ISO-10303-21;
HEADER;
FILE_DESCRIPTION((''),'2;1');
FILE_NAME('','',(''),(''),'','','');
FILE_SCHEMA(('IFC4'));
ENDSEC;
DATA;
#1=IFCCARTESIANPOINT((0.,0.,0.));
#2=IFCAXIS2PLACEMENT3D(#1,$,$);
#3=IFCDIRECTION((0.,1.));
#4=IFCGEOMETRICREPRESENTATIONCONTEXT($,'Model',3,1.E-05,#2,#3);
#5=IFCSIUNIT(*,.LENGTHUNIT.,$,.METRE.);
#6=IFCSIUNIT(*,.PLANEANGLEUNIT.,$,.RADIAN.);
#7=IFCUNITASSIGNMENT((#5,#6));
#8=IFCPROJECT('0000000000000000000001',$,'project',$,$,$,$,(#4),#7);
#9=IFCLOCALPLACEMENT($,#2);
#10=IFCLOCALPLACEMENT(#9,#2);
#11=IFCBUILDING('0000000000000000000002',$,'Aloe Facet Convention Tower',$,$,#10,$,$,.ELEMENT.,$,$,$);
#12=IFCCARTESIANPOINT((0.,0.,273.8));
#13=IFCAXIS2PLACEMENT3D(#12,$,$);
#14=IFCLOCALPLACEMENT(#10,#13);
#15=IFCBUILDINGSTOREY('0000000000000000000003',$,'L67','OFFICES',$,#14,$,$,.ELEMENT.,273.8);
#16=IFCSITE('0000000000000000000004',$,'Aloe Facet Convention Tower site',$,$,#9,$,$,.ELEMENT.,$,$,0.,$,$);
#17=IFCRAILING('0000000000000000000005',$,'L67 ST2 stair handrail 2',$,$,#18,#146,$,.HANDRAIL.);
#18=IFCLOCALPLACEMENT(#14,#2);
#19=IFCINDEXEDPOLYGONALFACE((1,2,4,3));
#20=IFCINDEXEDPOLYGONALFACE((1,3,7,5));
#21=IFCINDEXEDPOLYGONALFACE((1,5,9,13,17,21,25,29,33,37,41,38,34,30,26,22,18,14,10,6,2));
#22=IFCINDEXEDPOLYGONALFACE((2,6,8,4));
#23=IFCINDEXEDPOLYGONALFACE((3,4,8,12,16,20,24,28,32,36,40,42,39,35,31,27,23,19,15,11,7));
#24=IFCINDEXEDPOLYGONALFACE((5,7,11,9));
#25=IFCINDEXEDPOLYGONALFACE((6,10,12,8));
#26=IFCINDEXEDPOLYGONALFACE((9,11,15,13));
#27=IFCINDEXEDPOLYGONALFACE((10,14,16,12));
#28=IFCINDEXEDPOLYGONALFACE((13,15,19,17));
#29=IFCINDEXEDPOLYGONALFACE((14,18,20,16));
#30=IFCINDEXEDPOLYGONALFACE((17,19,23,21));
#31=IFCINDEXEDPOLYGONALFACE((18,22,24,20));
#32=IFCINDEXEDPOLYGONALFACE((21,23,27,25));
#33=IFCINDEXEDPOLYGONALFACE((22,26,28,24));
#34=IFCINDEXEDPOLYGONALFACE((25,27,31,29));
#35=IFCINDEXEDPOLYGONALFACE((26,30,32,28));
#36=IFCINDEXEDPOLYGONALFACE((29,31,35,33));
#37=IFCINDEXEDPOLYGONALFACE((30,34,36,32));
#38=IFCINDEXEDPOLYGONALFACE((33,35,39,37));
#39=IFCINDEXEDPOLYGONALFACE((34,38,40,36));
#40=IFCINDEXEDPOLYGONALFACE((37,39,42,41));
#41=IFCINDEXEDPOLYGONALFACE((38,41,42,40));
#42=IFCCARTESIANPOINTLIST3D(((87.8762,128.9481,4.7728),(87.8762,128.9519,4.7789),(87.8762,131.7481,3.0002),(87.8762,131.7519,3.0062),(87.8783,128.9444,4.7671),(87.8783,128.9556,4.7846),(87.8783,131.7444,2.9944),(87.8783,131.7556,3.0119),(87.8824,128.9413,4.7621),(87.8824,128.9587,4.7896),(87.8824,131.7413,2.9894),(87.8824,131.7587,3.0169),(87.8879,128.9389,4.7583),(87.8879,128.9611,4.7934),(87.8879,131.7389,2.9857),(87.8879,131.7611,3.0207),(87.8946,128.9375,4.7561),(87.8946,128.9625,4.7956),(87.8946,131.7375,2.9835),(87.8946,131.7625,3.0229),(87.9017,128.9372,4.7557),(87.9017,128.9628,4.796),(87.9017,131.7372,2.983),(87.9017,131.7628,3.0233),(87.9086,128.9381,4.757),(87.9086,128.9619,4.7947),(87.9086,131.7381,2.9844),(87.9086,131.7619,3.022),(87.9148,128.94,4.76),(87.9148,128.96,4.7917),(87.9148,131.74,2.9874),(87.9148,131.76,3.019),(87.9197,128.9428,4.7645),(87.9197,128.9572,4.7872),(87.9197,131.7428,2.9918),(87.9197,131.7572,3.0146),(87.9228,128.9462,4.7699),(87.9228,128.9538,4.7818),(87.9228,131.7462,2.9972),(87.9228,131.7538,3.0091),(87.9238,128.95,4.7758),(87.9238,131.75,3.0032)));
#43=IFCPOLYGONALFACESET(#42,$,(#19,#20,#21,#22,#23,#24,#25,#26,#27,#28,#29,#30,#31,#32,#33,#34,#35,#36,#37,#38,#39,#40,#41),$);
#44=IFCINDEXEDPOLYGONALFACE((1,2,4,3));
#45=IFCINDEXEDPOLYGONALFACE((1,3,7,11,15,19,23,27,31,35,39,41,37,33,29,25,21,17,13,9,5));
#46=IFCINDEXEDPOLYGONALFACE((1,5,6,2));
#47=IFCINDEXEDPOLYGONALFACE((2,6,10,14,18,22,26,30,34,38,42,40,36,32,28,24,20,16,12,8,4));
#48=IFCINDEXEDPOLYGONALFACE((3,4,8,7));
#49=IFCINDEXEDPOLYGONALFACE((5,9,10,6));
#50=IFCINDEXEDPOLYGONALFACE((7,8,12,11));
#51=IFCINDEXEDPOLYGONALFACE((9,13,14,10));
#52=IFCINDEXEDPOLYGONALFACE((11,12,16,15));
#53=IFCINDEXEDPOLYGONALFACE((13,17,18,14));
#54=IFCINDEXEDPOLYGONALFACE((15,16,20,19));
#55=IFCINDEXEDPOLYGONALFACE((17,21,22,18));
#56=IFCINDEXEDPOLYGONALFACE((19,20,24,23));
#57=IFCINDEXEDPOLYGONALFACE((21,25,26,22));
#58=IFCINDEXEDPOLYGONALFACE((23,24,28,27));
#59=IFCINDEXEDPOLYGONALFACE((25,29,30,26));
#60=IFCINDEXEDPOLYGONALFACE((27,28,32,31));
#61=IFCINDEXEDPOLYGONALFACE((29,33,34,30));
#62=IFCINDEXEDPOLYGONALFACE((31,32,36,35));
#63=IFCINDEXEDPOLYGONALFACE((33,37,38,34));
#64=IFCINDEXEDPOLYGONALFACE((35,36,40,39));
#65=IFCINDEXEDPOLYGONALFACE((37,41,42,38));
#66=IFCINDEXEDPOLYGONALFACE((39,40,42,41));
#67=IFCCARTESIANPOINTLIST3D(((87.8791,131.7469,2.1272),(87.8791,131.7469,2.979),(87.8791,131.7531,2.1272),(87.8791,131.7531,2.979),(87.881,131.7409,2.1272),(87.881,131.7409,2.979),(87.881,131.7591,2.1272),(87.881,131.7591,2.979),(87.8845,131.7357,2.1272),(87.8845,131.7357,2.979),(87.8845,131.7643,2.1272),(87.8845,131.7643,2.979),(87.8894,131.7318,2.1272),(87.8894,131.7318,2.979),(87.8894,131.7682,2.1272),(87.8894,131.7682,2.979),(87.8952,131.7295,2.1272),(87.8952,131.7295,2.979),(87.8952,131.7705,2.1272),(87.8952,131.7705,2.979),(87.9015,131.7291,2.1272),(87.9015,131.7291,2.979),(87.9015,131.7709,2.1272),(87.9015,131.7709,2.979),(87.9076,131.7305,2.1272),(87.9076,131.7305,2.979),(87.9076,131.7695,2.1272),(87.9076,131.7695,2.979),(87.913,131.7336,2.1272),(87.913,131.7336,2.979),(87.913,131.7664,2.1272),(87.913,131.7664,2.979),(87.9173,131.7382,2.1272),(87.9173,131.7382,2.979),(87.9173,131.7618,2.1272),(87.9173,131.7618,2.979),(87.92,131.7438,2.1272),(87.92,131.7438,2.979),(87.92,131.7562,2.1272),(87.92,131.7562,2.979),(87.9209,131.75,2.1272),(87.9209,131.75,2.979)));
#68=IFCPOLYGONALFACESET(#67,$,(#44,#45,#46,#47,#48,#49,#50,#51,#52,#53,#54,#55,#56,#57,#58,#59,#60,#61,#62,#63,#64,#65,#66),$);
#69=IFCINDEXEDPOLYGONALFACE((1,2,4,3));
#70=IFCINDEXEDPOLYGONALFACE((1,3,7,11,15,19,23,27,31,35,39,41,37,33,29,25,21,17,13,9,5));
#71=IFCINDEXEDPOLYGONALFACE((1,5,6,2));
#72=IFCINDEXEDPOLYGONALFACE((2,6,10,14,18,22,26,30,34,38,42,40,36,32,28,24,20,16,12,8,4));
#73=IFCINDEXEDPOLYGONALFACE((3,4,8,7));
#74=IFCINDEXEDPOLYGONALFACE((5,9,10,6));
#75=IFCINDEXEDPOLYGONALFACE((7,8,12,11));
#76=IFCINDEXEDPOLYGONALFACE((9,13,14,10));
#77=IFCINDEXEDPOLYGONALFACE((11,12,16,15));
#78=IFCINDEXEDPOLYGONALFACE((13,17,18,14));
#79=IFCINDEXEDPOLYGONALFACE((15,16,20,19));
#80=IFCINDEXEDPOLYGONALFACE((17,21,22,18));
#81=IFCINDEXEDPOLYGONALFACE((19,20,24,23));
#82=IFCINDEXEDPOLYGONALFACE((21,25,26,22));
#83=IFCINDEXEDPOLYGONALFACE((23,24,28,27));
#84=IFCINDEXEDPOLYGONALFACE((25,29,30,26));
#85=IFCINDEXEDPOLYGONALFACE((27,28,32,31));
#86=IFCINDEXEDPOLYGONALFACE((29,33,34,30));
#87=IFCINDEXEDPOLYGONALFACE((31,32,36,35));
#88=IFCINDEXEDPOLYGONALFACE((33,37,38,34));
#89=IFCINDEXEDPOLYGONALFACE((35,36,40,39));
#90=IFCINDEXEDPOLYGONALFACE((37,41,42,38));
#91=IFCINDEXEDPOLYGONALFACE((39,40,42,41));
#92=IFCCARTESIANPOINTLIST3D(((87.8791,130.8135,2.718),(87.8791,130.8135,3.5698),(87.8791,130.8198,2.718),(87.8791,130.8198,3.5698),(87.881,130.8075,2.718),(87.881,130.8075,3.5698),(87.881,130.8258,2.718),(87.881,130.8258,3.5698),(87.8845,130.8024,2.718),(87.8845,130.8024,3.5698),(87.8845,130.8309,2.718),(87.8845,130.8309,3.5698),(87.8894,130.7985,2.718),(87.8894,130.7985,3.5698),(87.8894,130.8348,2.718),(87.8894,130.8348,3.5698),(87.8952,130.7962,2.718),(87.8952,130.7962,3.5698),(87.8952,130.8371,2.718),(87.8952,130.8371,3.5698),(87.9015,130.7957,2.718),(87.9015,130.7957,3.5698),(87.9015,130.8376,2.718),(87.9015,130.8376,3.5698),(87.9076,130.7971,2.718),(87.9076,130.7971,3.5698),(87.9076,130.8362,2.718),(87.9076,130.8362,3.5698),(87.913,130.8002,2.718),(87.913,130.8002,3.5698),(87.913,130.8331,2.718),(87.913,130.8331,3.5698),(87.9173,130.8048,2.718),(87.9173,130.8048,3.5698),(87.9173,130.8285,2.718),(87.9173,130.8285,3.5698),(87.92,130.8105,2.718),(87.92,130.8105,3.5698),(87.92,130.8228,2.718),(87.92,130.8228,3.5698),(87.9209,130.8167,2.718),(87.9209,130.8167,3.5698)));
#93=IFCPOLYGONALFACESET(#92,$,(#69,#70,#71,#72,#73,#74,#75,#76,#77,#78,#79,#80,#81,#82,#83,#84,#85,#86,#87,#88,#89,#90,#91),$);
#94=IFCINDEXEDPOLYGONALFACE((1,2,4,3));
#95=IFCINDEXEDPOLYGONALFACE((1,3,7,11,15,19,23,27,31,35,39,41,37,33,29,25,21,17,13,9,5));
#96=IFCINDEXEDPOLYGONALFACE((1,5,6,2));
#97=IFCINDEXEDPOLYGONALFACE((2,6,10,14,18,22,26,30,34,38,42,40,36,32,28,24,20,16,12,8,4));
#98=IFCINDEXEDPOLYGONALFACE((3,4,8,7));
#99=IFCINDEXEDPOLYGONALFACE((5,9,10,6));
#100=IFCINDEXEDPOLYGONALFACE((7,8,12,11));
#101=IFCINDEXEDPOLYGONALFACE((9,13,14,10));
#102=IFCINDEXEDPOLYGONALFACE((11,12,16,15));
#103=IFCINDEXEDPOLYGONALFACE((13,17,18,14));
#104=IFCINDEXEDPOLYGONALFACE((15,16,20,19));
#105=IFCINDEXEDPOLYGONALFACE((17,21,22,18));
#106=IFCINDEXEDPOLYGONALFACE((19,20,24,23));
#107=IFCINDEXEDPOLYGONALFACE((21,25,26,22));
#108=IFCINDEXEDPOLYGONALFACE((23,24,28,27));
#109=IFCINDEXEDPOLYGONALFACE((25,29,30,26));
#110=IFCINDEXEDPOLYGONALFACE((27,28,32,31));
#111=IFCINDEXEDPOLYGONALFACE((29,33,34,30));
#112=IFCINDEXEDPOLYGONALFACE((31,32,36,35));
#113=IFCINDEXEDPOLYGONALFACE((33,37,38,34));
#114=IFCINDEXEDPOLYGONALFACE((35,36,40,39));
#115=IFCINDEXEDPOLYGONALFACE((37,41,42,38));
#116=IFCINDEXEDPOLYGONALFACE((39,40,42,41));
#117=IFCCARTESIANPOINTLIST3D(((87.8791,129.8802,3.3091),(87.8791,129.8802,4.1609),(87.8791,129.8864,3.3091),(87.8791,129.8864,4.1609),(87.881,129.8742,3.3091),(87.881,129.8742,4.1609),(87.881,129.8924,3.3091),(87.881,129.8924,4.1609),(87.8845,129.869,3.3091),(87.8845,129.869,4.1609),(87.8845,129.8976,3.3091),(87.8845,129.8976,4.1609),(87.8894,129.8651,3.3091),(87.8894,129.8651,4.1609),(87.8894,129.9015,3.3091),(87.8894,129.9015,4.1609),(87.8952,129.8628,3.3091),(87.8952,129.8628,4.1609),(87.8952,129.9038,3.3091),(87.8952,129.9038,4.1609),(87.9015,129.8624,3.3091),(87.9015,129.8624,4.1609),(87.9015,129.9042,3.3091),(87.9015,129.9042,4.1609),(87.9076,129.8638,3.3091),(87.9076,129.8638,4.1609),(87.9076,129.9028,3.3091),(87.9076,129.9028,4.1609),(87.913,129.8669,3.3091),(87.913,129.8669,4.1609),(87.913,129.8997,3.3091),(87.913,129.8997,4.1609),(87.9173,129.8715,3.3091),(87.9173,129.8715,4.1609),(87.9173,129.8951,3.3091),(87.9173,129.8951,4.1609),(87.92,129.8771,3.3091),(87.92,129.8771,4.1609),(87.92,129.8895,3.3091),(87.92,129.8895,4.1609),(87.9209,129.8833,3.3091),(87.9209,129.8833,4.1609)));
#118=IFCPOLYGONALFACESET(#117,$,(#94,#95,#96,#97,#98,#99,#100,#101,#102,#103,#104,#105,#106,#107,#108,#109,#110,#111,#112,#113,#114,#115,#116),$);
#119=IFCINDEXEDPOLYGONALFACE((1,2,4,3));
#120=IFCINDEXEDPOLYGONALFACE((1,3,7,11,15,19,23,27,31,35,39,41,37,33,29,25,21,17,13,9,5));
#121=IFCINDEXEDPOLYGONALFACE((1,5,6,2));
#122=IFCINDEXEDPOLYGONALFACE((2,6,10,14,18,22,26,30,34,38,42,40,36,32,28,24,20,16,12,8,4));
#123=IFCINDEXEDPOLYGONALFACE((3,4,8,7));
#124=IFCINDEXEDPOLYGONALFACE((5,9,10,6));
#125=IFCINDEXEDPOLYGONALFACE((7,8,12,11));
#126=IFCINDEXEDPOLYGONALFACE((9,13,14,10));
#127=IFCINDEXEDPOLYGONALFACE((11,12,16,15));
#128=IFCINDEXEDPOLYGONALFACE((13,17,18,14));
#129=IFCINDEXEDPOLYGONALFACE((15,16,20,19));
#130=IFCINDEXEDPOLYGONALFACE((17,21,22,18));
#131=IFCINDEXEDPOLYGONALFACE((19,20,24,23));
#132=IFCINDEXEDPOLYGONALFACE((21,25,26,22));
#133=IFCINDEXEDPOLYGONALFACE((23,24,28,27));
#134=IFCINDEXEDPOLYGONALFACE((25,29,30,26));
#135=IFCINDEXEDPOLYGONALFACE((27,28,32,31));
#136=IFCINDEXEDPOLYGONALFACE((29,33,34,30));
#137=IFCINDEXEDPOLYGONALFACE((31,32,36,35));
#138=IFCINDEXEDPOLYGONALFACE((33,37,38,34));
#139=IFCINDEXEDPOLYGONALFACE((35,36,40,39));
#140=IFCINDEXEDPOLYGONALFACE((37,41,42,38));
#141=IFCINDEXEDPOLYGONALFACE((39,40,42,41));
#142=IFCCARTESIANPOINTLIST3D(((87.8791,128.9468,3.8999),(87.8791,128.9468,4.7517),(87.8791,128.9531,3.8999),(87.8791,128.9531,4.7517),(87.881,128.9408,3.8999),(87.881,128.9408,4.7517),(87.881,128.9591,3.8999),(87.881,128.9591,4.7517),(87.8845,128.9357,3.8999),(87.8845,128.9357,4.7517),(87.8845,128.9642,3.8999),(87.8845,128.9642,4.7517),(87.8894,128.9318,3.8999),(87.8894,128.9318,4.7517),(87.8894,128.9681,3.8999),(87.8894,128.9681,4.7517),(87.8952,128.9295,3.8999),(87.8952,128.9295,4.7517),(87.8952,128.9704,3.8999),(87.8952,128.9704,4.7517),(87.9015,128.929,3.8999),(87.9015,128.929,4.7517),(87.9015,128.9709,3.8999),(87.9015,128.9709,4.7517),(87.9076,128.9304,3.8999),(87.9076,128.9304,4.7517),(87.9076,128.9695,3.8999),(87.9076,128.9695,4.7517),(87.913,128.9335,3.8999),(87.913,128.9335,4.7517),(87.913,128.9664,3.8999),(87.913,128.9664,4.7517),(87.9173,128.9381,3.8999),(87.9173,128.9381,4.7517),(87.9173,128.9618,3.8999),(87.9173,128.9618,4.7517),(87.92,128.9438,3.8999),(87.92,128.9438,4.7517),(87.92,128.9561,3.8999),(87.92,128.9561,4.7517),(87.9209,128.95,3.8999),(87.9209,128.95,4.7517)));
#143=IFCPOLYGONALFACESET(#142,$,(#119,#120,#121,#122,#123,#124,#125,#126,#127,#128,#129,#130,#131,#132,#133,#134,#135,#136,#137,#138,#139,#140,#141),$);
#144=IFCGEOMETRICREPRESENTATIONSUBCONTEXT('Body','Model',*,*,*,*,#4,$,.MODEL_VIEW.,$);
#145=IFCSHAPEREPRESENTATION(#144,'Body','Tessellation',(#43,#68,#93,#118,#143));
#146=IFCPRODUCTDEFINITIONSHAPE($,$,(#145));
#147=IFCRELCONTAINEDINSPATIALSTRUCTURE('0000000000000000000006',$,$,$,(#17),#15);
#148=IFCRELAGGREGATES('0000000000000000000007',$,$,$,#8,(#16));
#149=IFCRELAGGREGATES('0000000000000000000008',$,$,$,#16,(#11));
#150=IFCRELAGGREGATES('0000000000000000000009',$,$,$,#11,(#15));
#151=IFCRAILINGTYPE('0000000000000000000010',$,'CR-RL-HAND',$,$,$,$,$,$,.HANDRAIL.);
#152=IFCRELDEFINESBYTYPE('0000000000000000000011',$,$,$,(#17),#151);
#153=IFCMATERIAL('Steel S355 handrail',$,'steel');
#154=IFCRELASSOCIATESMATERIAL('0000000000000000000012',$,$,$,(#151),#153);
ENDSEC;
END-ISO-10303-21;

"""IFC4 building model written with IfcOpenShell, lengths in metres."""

from ifc_helpers import new_model, si_unit, direction, frame, origin, origin_2d, place, context, subcontext, project, spatial, circle, extrude, material, type_object, element, save


model = new_model("IFC4")

# Units and contexts
model_context = context("Model", 3, precision=1e-05, world=origin(), true_north=direction((0.0, 1.0)))
body_context = subcontext(model_context, "Body", "Model", "MODEL_VIEW")
ifc_project = project(units=[si_unit("LENGTHUNIT", "METRE"), si_unit("PLANEANGLEUNIT", "RADIAN")], contexts=[model_context])

# Site, building, storey
site_placement = place(None, origin())
site = spatial("IfcSite", under=ifc_project, at=site_placement, Name="Aloe Facet Convention Tower site", CompositionType="ELEMENT", RefElevation=0.0)
building_placement = place(site_placement, origin())
building = spatial("IfcBuilding", under=site, at=building_placement, Name="Aloe Facet Convention Tower", CompositionType="ELEMENT")
storey_placement = place(building_placement, frame((0.0, 0.0, 273.8)))
storey = spatial("IfcBuildingStorey", under=building, at=storey_placement, Name="L67", Description="OFFICES", CompositionType="ELEMENT", Elevation=273.8)

# Railing
ifc_material_1 = material(Name="Steel S355 handrail", Category="steel")
railing_type_1 = type_object("IfcRailingType", Name="CR-RL-HAND", PredefinedType="HANDRAIL", material=ifc_material_1)
railing_1_placement = place(storey_placement, frame((87.8999, 131.75, 2.1272)))
element("IfcRailing", 1, at=railing_1_placement, inside=storey, type_object=railing_type_1, Name="L67 ST2 stair handrail 2", PredefinedType="HANDRAIL", context=body_context, shape_type="SweptSolid", body=[
    extrude(circle(Radius=0.0239, at=origin_2d()), frame((0.0, 0.0, 0.876), z_axis=(0.0, -0.844909, 0.53491), x_axis=(1.0, 0.0, 0.0)), (0.0, 0.0, 1.0), 3.314),
    extrude(circle(Radius=0.021, at=origin_2d()), origin(), (0.0, 0.0, 1.0), 0.8518),
    extrude(circle(Radius=0.021, at=origin_2d()), frame((0.0, -0.9333, 0.5908)), (0.0, 0.0, 1.0), 0.8518),
    extrude(circle(Radius=0.021, at=origin_2d()), frame((0.0, -1.8667, 1.1819)), (0.0, 0.0, 1.0), 0.8518),
    extrude(circle(Radius=0.021, at=origin_2d()), frame((0.0, -2.8, 1.7727)), (0.0, 0.0, 1.0), 0.8518),
])

save(model, "model.ifc")
